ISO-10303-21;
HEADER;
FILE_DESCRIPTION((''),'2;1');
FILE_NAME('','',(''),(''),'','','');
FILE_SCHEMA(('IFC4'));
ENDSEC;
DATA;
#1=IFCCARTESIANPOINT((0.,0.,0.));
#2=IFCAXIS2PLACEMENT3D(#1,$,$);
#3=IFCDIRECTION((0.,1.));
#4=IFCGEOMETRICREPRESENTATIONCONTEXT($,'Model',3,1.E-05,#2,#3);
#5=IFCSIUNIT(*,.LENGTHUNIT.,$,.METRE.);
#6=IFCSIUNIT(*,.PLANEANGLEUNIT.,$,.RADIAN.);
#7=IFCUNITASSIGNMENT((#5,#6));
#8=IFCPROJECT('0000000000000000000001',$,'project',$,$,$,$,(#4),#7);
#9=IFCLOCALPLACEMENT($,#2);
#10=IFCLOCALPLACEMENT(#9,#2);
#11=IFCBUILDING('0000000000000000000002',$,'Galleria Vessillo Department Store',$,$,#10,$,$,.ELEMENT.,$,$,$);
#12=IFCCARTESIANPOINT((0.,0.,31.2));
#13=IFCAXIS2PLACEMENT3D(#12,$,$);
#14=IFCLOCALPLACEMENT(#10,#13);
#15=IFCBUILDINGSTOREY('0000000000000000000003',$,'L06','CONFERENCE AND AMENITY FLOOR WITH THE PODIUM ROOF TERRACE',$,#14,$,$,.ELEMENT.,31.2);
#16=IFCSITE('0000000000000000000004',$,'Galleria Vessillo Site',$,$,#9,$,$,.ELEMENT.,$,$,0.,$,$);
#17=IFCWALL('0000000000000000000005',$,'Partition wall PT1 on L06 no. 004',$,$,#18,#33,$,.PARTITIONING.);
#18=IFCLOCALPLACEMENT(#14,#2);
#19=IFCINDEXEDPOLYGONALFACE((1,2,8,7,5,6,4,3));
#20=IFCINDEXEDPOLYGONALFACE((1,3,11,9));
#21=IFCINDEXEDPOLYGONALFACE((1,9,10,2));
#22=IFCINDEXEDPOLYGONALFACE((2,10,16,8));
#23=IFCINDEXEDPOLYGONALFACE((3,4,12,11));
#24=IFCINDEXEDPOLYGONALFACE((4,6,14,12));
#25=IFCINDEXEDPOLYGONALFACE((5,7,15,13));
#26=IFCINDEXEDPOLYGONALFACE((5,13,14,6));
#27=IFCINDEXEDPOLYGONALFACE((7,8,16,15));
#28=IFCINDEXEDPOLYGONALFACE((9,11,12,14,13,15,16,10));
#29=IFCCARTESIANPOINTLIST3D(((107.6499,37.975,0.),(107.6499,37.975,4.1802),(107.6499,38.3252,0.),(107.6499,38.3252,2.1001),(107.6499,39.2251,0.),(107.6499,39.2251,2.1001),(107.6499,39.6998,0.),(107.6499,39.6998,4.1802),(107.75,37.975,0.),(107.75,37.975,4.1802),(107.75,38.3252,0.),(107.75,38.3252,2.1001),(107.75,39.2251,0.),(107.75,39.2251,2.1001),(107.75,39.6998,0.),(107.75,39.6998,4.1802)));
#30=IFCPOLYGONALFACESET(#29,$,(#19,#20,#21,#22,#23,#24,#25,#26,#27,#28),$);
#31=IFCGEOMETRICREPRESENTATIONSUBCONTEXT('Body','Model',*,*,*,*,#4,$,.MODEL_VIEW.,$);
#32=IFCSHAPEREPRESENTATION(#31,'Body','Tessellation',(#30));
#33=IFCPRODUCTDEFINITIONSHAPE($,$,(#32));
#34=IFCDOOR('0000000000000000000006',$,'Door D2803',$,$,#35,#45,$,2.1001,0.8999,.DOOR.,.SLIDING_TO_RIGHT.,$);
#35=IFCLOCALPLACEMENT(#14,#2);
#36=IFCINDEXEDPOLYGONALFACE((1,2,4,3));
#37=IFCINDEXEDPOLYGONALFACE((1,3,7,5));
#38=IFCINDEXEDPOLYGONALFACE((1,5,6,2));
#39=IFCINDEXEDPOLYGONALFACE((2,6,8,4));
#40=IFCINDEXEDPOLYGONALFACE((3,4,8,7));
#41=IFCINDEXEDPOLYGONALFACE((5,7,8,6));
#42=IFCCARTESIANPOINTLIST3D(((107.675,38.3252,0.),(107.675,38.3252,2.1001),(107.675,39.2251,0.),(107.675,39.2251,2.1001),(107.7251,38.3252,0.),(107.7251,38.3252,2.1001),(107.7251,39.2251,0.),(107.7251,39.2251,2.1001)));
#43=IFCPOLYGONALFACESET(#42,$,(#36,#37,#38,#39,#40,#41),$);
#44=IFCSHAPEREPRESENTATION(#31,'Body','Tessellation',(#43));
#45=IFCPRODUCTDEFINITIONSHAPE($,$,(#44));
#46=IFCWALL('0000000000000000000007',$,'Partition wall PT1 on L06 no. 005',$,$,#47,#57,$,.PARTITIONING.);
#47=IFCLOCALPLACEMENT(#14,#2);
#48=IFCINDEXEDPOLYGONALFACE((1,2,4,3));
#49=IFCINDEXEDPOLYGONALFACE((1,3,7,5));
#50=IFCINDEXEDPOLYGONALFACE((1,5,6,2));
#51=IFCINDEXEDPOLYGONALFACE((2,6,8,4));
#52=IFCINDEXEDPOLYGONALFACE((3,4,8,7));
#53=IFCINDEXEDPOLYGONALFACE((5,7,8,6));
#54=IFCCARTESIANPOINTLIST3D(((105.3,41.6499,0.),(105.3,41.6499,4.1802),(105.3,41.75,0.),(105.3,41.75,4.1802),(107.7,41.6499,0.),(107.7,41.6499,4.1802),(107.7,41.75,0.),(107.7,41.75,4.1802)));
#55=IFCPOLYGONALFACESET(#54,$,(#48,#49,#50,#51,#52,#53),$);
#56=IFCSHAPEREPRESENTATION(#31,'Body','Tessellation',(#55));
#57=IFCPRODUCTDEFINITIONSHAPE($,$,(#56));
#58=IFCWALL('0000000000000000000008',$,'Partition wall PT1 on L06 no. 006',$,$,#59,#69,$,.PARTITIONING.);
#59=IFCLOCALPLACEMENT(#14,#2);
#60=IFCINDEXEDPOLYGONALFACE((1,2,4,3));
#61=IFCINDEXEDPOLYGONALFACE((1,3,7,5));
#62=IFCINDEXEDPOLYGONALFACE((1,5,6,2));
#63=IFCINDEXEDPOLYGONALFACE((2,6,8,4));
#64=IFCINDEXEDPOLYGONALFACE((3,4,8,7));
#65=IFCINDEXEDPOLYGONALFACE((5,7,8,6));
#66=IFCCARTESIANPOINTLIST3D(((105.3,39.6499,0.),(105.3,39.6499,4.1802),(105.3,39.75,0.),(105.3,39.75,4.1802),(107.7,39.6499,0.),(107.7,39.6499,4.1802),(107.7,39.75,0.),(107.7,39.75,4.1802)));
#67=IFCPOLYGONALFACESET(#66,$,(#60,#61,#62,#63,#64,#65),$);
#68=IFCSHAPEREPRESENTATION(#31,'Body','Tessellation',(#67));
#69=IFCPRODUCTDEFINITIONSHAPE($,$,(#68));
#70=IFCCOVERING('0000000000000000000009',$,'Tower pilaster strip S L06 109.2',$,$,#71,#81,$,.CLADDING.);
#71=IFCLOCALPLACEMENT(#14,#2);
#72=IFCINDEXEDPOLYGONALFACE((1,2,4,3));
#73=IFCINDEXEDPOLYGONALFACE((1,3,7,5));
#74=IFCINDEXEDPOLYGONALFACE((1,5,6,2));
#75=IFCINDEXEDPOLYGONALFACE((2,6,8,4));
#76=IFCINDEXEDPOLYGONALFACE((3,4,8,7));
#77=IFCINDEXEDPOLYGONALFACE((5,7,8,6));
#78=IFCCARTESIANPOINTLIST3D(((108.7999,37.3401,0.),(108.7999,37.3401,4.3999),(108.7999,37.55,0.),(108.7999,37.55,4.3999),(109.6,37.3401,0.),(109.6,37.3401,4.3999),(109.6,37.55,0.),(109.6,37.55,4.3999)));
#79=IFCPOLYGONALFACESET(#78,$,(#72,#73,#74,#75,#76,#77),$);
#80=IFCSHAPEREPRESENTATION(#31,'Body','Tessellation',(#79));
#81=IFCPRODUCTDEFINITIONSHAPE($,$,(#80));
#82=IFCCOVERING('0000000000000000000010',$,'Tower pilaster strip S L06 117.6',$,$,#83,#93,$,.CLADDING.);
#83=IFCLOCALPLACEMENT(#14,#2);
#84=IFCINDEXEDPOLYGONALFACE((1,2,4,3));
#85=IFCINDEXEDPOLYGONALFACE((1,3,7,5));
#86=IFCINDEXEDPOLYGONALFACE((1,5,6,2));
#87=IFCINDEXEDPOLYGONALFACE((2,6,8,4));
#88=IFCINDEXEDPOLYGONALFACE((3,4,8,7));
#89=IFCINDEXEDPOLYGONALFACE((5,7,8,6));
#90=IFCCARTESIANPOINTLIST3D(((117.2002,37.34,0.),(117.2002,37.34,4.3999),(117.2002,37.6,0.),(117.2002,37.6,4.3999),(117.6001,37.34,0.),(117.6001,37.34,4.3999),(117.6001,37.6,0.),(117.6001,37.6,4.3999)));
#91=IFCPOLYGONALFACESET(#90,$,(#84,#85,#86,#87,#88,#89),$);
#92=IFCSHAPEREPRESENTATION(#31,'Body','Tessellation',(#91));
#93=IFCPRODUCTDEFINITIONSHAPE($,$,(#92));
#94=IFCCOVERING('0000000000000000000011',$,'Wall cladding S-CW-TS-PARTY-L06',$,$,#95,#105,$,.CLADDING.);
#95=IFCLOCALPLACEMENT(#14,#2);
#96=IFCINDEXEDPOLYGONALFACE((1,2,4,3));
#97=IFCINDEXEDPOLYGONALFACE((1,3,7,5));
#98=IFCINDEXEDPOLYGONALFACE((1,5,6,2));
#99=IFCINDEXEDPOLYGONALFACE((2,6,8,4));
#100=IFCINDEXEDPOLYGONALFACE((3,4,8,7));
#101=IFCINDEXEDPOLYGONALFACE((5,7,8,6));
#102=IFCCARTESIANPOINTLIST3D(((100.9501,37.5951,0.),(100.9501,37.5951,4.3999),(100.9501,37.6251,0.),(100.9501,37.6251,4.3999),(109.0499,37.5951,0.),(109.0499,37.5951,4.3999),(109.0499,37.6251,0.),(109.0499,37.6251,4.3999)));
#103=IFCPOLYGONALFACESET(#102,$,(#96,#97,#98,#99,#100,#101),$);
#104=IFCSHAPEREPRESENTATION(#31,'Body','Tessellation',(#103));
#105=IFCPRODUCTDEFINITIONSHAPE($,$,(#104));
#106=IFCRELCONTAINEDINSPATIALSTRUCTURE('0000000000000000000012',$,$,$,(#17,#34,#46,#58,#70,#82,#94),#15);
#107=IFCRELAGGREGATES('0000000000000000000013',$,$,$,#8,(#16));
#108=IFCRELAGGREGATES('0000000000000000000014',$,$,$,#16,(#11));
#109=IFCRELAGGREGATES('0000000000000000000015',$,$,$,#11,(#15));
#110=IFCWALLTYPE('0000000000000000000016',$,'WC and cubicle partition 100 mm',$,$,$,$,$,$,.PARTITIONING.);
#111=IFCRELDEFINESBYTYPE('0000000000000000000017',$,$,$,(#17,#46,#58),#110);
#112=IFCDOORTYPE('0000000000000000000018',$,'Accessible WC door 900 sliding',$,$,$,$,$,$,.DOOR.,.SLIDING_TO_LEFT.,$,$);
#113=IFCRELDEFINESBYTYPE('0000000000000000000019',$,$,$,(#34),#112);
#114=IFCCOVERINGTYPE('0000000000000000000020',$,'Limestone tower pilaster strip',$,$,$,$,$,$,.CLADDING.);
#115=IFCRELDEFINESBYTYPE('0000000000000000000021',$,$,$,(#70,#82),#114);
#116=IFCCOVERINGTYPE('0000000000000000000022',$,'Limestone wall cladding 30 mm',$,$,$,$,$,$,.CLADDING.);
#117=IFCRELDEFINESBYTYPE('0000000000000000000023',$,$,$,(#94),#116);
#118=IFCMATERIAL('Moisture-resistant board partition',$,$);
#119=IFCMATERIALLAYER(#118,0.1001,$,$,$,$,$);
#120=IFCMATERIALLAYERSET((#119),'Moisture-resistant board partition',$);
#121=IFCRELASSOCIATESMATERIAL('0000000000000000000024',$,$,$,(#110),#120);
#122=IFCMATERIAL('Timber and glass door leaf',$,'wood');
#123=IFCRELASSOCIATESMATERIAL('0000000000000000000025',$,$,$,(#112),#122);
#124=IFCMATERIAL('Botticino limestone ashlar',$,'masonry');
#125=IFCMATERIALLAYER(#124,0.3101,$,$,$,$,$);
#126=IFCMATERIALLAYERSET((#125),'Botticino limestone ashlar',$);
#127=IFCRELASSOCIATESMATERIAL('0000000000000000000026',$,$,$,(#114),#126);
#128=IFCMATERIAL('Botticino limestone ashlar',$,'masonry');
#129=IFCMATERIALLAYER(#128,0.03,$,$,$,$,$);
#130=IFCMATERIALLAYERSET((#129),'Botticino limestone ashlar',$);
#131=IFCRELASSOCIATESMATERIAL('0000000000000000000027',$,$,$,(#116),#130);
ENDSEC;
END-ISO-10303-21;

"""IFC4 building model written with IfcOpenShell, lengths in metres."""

from ifc_helpers import new_model, si_unit, direction, frame, frame_2d, origin, origin_2d, place, context, subcontext, project, spatial, rectangle, extrude, material, layer, layer_set, type_object, element, fill, save


model = new_model("IFC4")

# Units and contexts
model_context = context("Model", 3, precision=1e-05, world=origin(), true_north=direction((0.0, 1.0)))
body_context = subcontext(model_context, "Body", "Model", "MODEL_VIEW")
ifc_project = project(units=[si_unit("LENGTHUNIT", "METRE"), si_unit("PLANEANGLEUNIT", "RADIAN")], contexts=[model_context])

# Site, building, storey
site_placement = place(None, origin())
site = spatial("IfcSite", under=ifc_project, at=site_placement, Name="Galleria Vessillo Site", CompositionType="ELEMENT", RefElevation=0.0)
building_placement = place(site_placement, origin())
building = spatial("IfcBuilding", under=site, at=building_placement, Name="Galleria Vessillo Department Store", CompositionType="ELEMENT")
storey_placement = place(building_placement, frame((0.0, 0.0, 31.2)))
storey = spatial("IfcBuildingStorey", under=building, at=storey_placement, Name="L06", Description="CONFERENCE AND AMENITY FLOOR WITH THE PODIUM ROOF TERRACE", CompositionType="ELEMENT", Elevation=31.2)

# Shared definitions
ifc_material_1 = material(Name="Moisture-resistant board partition")
ifc_layer_1 = layer(ifc_material_1, 0.1001)
ifc_layer_set_1 = layer_set([ifc_layer_1], Name="Moisture-resistant board partition")
wall_type_1 = type_object("IfcWallType", Name="WC and cubicle partition 100 mm", PredefinedType="PARTITIONING", material=ifc_layer_set_1)

# Wall, opening, door
wall_1_placement = place(storey_placement, frame((107.7, 37.9751, 0.0), z_axis=(0.0, 0.0, 1.0), x_axis=(0.0, 1.0, 0.0)))
wall_1 = element("IfcWall", 1, at=wall_1_placement, inside=storey, type_object=wall_type_1, Name="Partition wall PT1 on L06 no. 004", PredefinedType="PARTITIONING", context=body_context, shape_type="SweptSolid", body=[
    extrude(rectangle(XDim=1.7249, YDim=0.1001, at=frame_2d((0.8623, 0.0))), origin(), (0.0, 0.0, 1.0), 4.1802),
])
opening_1_placement = place(wall_1_placement, frame((0.3501, 0.0, 0.0)))
opening_1 = element("IfcOpeningElement", 2, at=opening_1_placement, cuts=wall_1, PredefinedType="OPENING", context=body_context, shape_type="SweptSolid", body=[
    extrude(rectangle(XDim=0.8999, YDim=2.1001, at=frame_2d((0.45, 1.05))), frame((0.0, 0.0601, 0.0), z_axis=(0.0, -1.0, 0.0), x_axis=(1.0, 0.0, 0.0)), (0.0, 0.0, 1.0), 0.1201),
])
ifc_material_2 = material(Name="Timber and glass door leaf", Category="wood")
door_type_1 = type_object("IfcDoorType", Name="Accessible WC door 900 sliding", OperationType="SLIDING_TO_LEFT", PredefinedType="DOOR", material=ifc_material_2)
door_1_placement = place(opening_1_placement, origin())
door_1 = element("IfcDoor", 3, at=door_1_placement, inside=storey, type_object=door_type_1, Name="Door D2803", OperationType="SLIDING_TO_RIGHT", OverallHeight=2.1001, OverallWidth=0.8999, PredefinedType="DOOR", context=body_context, shape_type="SweptSolid", body=[
    extrude(rectangle(XDim=0.8999, YDim=2.1001, at=frame_2d((0.45, 1.05))), frame((0.0, 0.0249, 0.0), z_axis=(0.0, -1.0, 0.0), x_axis=(1.0, 0.0, 0.0)), (0.0, 0.0, 1.0), 0.05),
])
fill(opening_1, door_1)

# Walls
for number, where, z_axis, x_axis, name in (
    (4, (105.3, 41.7, 0.0), (0.0, 0.0, 1.0), (1.0, 0.0, 0.0), "Partition wall PT1 on L06 no. 005"),
    (5, (105.3, 39.7, 0.0), (0.0, 0.0, 1.0), (1.0, 0.0, 0.0), "Partition wall PT1 on L06 no. 006"),
):
    element("IfcWall", number, at=place(storey_placement, frame(where, z_axis=z_axis, x_axis=x_axis)), inside=storey, type_object=wall_type_1, Name=name, PredefinedType="PARTITIONING", context=body_context, shape_type="SweptSolid", body=[
        extrude(rectangle(XDim=2.3999, YDim=0.1001, at=frame_2d((1.2, 0.0))), origin(), (0.0, 0.0, 1.0), 4.1802),
    ])

# Coverings
ifc_material_3 = material(Name="Botticino limestone ashlar", Category="masonry")
ifc_layer_2 = layer(ifc_material_3, 0.3101)
ifc_layer_set_2 = layer_set([ifc_layer_2], Name="Botticino limestone ashlar")
covering_type_1 = type_object("IfcCoveringType", Name="Limestone tower pilaster strip", PredefinedType="CLADDING", material=ifc_layer_set_2)
covering_1_placement = place(storey_placement, frame((109.2, 37.4451, 0.0), z_axis=(0.0, 0.0, 1.0), x_axis=(1.0, 0.0, 0.0)))
element("IfcCovering", 6, at=covering_1_placement, inside=storey, type_object=covering_type_1, Name="Tower pilaster strip S L06 109.2", PredefinedType="CLADDING", context=body_context, shape_type="SweptSolid", body=[
    extrude(rectangle(XDim=0.8, YDim=0.21, at=origin_2d()), origin(), (0.0, 0.0, 1.0), 4.3999),
])
covering_2_placement = place(storey_placement, frame((117.4001, 37.47, 0.0), z_axis=(0.0, 0.0, 1.0), x_axis=(1.0, 0.0, 0.0)))
element("IfcCovering", 7, at=covering_2_placement, inside=storey, type_object=covering_type_1, Name="Tower pilaster strip S L06 117.6", PredefinedType="CLADDING", context=body_context, shape_type="SweptSolid", body=[
    extrude(rectangle(XDim=0.3999, YDim=0.26, at=origin_2d()), origin(), (0.0, 0.0, 1.0), 4.3999),
])
ifc_material_4 = material(Name="Botticino limestone ashlar", Category="masonry")
ifc_layer_3 = layer(ifc_material_4, 0.03)
ifc_layer_set_3 = layer_set([ifc_layer_3], Name="Botticino limestone ashlar")
covering_type_2 = type_object("IfcCoveringType", Name="Limestone wall cladding 30 mm", PredefinedType="CLADDING", material=ifc_layer_set_3)
covering_3_placement = place(storey_placement, frame((105.0, 37.6101, 0.0), z_axis=(0.0, 0.0, 1.0), x_axis=(1.0, 0.0, 0.0)))
element("IfcCovering", 8, at=covering_3_placement, inside=storey, type_object=covering_type_2, Name="Wall cladding S-CW-TS-PARTY-L06", PredefinedType="CLADDING", context=body_context, shape_type="SweptSolid", body=[
    extrude(rectangle(XDim=8.0999, YDim=0.03, at=origin_2d()), origin(), (0.0, 0.0, 1.0), 4.3999),
])

save(model, "model.ifc")
